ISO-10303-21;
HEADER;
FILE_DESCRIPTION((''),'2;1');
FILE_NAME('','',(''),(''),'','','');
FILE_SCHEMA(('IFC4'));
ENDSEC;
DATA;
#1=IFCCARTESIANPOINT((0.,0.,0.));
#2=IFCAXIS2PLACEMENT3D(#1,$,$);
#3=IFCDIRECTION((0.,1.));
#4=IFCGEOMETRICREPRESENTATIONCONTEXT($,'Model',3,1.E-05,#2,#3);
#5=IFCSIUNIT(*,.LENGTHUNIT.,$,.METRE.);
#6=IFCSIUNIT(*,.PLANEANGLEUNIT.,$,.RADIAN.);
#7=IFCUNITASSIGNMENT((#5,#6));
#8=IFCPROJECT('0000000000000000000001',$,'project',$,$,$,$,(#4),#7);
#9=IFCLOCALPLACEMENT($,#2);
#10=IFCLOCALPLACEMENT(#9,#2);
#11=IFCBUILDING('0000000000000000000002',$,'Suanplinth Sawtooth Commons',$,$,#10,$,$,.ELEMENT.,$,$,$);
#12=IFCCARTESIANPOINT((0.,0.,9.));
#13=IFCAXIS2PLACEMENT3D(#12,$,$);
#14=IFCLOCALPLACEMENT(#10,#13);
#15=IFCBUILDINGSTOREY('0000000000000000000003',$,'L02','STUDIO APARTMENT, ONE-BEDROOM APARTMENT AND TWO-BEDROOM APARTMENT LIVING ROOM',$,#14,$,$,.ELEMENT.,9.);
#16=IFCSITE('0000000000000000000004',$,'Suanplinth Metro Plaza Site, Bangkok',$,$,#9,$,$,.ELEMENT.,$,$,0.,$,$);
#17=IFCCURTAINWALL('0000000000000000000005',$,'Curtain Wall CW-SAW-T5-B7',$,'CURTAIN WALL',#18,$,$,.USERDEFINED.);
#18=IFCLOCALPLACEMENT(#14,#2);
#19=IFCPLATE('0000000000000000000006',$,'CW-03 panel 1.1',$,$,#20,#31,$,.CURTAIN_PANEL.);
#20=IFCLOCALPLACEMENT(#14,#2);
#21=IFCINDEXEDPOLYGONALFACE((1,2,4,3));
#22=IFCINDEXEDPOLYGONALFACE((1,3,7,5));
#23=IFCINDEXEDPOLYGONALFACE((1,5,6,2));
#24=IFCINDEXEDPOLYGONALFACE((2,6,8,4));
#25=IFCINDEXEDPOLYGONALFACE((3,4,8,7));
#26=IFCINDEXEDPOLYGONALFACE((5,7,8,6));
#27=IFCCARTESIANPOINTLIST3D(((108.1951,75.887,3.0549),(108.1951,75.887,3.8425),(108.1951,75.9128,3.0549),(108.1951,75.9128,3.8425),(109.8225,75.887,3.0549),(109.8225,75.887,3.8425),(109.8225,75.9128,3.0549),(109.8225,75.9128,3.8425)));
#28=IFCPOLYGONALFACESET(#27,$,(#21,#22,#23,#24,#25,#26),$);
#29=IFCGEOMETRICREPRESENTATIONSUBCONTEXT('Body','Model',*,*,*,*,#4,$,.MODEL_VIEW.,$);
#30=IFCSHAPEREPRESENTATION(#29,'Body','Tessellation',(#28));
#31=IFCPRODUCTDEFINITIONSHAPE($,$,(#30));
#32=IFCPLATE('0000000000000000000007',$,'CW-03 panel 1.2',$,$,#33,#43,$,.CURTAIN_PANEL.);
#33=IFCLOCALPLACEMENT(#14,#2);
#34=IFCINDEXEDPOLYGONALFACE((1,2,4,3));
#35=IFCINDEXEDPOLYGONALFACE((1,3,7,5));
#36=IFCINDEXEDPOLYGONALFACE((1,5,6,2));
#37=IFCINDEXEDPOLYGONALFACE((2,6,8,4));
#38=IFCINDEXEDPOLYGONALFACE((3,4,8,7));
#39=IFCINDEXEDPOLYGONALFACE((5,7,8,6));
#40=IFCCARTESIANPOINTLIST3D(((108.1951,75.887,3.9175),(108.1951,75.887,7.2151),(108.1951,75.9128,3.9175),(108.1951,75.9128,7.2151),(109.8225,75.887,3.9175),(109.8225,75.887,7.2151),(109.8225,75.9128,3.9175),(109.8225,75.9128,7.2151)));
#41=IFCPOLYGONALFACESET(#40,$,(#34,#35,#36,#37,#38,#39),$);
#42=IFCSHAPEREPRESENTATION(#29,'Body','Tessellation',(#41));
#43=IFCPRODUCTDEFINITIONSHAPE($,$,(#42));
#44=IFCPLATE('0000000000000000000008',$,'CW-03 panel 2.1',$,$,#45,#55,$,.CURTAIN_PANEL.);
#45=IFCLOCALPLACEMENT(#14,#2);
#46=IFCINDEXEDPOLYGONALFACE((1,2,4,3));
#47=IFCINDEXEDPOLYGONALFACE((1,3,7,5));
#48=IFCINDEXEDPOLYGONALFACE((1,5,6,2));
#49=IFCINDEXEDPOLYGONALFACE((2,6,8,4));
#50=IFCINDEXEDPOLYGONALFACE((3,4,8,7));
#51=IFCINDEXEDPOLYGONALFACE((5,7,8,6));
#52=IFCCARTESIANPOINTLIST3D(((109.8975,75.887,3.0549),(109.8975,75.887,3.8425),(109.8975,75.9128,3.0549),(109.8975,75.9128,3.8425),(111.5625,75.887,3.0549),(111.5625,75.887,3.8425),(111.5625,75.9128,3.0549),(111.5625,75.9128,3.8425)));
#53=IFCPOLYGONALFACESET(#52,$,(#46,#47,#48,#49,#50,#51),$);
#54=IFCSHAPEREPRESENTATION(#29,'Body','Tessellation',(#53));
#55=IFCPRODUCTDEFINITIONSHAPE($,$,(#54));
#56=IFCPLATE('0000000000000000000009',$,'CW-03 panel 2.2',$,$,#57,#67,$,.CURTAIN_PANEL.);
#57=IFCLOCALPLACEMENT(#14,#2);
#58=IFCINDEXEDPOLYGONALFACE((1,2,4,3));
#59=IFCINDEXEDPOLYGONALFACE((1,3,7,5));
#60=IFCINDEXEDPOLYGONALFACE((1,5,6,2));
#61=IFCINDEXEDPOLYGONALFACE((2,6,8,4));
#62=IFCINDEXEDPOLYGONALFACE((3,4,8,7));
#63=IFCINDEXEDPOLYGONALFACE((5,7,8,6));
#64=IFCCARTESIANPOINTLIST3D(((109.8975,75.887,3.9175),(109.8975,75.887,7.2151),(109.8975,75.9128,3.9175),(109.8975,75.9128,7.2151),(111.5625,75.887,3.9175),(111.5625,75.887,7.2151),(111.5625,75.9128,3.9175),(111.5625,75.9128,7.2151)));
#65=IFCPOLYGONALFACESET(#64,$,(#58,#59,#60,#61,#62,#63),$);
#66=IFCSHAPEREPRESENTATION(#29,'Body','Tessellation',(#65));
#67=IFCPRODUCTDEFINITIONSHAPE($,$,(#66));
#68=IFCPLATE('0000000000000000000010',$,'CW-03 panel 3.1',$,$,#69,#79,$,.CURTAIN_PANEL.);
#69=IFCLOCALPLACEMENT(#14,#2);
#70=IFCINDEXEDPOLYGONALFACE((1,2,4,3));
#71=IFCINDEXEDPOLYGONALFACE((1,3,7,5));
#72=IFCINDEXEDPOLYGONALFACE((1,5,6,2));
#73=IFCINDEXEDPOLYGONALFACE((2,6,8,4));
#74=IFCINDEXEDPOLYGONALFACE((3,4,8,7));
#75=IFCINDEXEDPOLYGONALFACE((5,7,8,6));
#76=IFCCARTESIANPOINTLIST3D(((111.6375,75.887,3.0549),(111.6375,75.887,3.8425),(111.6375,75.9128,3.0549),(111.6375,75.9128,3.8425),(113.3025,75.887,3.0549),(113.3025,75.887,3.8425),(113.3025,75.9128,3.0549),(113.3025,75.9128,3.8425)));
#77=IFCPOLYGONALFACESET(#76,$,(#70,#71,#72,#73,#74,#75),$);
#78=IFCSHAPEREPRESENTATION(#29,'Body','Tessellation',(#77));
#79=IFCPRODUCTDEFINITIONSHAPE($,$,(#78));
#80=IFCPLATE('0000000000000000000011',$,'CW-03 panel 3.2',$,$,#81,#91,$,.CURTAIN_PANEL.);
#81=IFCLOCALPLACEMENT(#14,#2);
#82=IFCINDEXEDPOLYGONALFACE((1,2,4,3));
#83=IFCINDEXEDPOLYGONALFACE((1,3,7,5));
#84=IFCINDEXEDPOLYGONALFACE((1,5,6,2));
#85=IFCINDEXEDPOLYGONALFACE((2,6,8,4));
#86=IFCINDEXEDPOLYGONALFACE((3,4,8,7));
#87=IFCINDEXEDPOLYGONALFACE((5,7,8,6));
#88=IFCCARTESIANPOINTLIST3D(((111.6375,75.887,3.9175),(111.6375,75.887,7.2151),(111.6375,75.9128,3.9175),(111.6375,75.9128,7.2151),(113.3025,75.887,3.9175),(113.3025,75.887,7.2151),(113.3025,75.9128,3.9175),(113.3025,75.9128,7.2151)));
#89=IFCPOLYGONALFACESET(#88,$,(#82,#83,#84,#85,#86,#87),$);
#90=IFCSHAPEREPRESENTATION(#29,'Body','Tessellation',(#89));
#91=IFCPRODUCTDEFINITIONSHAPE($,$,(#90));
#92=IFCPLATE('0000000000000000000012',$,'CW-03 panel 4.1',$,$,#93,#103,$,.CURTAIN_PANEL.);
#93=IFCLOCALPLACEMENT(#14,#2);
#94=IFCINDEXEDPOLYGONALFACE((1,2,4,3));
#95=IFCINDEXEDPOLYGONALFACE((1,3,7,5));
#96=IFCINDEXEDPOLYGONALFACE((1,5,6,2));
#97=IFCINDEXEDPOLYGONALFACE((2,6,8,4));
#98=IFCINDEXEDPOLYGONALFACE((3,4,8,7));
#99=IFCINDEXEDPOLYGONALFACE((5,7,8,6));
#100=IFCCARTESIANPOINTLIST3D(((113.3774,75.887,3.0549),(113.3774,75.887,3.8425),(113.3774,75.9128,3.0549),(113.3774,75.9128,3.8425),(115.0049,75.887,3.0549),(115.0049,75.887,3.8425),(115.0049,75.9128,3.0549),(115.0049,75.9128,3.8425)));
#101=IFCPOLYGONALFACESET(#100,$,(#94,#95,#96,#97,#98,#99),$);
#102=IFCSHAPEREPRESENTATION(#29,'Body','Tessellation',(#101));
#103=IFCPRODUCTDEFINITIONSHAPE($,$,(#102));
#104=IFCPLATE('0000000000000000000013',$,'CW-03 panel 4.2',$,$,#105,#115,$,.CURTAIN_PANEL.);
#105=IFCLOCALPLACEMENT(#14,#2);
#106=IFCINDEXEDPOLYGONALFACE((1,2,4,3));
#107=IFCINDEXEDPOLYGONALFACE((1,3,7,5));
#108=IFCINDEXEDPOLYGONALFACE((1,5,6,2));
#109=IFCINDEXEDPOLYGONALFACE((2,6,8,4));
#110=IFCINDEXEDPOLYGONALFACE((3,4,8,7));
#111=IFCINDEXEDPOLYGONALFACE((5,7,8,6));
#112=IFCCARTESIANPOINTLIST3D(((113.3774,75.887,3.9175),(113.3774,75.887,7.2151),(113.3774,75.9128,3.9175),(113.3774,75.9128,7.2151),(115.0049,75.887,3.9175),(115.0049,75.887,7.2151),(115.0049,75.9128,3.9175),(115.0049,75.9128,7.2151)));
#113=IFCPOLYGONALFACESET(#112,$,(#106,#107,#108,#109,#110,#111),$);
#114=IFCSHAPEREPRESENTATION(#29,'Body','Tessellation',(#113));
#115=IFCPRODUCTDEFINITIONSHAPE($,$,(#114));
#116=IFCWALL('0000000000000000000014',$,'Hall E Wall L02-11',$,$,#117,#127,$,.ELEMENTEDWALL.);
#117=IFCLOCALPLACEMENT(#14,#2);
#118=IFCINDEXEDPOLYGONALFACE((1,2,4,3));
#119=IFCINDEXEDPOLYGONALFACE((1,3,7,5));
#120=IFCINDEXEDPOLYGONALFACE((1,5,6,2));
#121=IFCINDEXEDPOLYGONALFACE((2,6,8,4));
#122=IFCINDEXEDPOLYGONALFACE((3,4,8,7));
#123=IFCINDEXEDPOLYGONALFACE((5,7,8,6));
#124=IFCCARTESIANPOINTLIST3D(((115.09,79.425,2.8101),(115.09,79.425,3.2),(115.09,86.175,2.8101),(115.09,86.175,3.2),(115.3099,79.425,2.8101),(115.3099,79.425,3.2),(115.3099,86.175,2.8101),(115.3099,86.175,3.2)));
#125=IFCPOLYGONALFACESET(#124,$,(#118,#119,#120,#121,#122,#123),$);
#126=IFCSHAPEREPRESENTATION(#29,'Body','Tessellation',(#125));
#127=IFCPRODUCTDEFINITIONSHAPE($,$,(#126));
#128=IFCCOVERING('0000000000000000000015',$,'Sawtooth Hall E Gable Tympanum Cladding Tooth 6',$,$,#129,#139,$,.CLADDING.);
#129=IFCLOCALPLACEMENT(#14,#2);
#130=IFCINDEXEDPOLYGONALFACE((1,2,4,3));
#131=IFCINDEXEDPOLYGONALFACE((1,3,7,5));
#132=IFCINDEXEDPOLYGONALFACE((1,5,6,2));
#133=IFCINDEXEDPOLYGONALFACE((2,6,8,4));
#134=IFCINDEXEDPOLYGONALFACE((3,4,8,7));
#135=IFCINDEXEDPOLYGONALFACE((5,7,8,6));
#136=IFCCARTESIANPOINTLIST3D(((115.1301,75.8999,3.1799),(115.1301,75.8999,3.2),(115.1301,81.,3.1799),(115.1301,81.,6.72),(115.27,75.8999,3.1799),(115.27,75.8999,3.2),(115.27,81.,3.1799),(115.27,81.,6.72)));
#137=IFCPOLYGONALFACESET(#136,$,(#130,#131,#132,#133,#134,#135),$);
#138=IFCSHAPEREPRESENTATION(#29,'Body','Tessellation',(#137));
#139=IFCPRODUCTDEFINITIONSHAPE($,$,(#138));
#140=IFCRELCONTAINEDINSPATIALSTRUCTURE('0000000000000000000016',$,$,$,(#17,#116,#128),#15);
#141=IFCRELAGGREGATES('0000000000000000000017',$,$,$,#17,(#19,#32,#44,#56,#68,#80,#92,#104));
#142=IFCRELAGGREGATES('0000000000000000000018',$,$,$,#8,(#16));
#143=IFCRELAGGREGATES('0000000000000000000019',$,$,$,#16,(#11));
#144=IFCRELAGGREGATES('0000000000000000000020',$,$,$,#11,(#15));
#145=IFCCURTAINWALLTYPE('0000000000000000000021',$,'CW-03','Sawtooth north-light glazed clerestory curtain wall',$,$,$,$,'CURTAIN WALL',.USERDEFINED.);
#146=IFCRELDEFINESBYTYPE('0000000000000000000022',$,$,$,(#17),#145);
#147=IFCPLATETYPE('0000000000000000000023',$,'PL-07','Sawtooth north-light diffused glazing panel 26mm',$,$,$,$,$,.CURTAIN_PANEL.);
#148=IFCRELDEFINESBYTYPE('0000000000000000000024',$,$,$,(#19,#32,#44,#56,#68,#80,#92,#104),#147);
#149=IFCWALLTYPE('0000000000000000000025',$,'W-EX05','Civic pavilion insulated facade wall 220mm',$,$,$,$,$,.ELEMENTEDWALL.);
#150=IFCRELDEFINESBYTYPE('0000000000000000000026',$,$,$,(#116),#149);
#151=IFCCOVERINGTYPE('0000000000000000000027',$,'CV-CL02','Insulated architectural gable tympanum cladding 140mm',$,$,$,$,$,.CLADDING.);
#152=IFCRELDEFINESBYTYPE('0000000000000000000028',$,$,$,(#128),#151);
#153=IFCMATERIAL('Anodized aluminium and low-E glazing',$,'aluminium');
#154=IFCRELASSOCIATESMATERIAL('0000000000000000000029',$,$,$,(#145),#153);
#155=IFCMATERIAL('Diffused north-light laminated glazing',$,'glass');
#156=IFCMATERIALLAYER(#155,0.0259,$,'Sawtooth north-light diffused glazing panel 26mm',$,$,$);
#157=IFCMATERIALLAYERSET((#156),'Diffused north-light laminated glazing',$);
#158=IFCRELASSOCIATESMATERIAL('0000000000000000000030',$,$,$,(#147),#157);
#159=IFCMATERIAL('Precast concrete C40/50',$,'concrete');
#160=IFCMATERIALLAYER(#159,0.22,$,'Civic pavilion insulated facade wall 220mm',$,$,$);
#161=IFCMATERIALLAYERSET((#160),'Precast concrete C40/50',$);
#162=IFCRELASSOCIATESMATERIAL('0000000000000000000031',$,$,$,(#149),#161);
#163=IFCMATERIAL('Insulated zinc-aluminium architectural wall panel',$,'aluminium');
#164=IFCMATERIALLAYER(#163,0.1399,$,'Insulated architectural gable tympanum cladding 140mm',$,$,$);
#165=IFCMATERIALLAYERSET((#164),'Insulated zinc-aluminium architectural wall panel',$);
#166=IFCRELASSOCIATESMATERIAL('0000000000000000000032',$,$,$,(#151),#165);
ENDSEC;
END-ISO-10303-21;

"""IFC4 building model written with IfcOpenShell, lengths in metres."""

from ifc_helpers import new_model, si_unit, direction, frame, frame_2d, origin, origin_2d, place, context, subcontext, project, spatial, polyline, rectangle, outline, extrude, material, layer, layer_set, type_object, element, aggregate, save


model = new_model("IFC4")

# Units and contexts
model_context = context("Model", 3, precision=1e-05, world=origin(), true_north=direction((0.0, 1.0)))
body_context = subcontext(model_context, "Body", "Model", "MODEL_VIEW")
ifc_project = project(units=[si_unit("LENGTHUNIT", "METRE"), si_unit("PLANEANGLEUNIT", "RADIAN")], contexts=[model_context])

# Site, building, storey
site_placement = place(None, origin())
site = spatial("IfcSite", under=ifc_project, at=site_placement, Name="Suanplinth Metro Plaza Site, Bangkok", CompositionType="ELEMENT", RefElevation=0.0)
building_placement = place(site_placement, origin())
building = spatial("IfcBuilding", under=site, at=building_placement, Name="Suanplinth Sawtooth Commons", CompositionType="ELEMENT")
storey_placement = place(building_placement, frame((0.0, 0.0, 9.0)))
storey = spatial("IfcBuildingStorey", under=building, at=storey_placement, Name="L02", Description="STUDIO APARTMENT, ONE-BEDROOM APARTMENT AND TWO-BEDROOM APARTMENT LIVING ROOM", CompositionType="ELEMENT", Elevation=9.0)

# Curtain wall
ifc_material_1 = material(Name="Anodized aluminium and low-E glazing", Category="aluminium")
curtain_wall_type = type_object("IfcCurtainWallType", Name="CW-03", Description="Sawtooth north-light glazed clerestory curtain wall", ElementType="CURTAIN WALL", PredefinedType="USERDEFINED", material=ifc_material_1)
curtain_wall_placement = place(storey_placement, origin())
curtain_wall = element("IfcCurtainWall", 1, at=curtain_wall_placement, inside=storey, type_object=curtain_wall_type, Name="Curtain Wall CW-SAW-T5-B7", ObjectType="CURTAIN WALL", PredefinedType="USERDEFINED")

# Plates
ifc_material_2 = material(Name="Diffused north-light laminated glazing", Category="glass")
ifc_layer_1 = layer(ifc_material_2, 0.0259, Name="Sawtooth north-light diffused glazing panel 26mm")
ifc_layer_set_1 = layer_set([ifc_layer_1], Name="Diffused north-light laminated glazing")
plate_type_1 = type_object("IfcPlateType", Name="PL-07", Description="Sawtooth north-light diffused glazing panel 26mm", PredefinedType="CURTAIN_PANEL", material=ifc_layer_set_1)
plate_1_placement = place(storey_placement, frame((109.0088, 75.8999, 3.0549), z_axis=(0.0, 0.0, 1.0), x_axis=(1.0, 0.0, 0.0)))
plate_1 = element("IfcPlate", 2, at=plate_1_placement, type_object=plate_type_1, Name="CW-03 panel 1.1", PredefinedType="CURTAIN_PANEL", context=body_context, shape_type="SweptSolid", body=[
    extrude(rectangle(XDim=1.6274, YDim=0.0259, at=origin_2d()), origin(), (0.0, 0.0, 1.0), 0.7876),
])
plate_2_placement = place(storey_placement, frame((109.0088, 75.8999, 3.9175), z_axis=(0.0, 0.0, 1.0), x_axis=(1.0, 0.0, 0.0)))
plate_2 = element("IfcPlate", 3, at=plate_2_placement, type_object=plate_type_1, Name="CW-03 panel 1.2", PredefinedType="CURTAIN_PANEL", context=body_context, shape_type="SweptSolid", body=[
    extrude(rectangle(XDim=1.6274, YDim=0.0259, at=origin_2d()), origin(), (0.0, 0.0, 1.0), 3.2976),
])
plate_3_placement = place(storey_placement, frame((110.73, 75.8999, 3.0549), z_axis=(0.0, 0.0, 1.0), x_axis=(1.0, 0.0, 0.0)))
plate_3 = element("IfcPlate", 4, at=plate_3_placement, type_object=plate_type_1, Name="CW-03 panel 2.1", PredefinedType="CURTAIN_PANEL", context=body_context, shape_type="SweptSolid", body=[
    extrude(rectangle(XDim=1.665, YDim=0.0259, at=origin_2d()), origin(), (0.0, 0.0, 1.0), 0.7876),
])
plate_4_placement = place(storey_placement, frame((110.73, 75.8999, 3.9175), z_axis=(0.0, 0.0, 1.0), x_axis=(1.0, 0.0, 0.0)))
plate_4 = element("IfcPlate", 5, at=plate_4_placement, type_object=plate_type_1, Name="CW-03 panel 2.2", PredefinedType="CURTAIN_PANEL", context=body_context, shape_type="SweptSolid", body=[
    extrude(rectangle(XDim=1.665, YDim=0.0259, at=origin_2d()), origin(), (0.0, 0.0, 1.0), 3.2976),
])
plate_5_placement = place(storey_placement, frame((112.47, 75.8999, 3.0549), z_axis=(0.0, 0.0, 1.0), x_axis=(1.0, 0.0, 0.0)))
plate_5 = element("IfcPlate", 6, at=plate_5_placement, type_object=plate_type_1, Name="CW-03 panel 3.1", PredefinedType="CURTAIN_PANEL", context=body_context, shape_type="SweptSolid", body=[
    extrude(rectangle(XDim=1.665, YDim=0.0259, at=origin_2d()), origin(), (0.0, 0.0, 1.0), 0.7876),
])
plate_6_placement = place(storey_placement, frame((112.47, 75.8999, 3.9175), z_axis=(0.0, 0.0, 1.0), x_axis=(1.0, 0.0, 0.0)))
plate_6 = element("IfcPlate", 7, at=plate_6_placement, type_object=plate_type_1, Name="CW-03 panel 3.2", PredefinedType="CURTAIN_PANEL", context=body_context, shape_type="SweptSolid", body=[
    extrude(rectangle(XDim=1.665, YDim=0.0259, at=origin_2d()), origin(), (0.0, 0.0, 1.0), 3.2976),
])
plate_7_placement = place(storey_placement, frame((114.1912, 75.8999, 3.0549), z_axis=(0.0, 0.0, 1.0), x_axis=(1.0, 0.0, 0.0)))
plate_7 = element("IfcPlate", 8, at=plate_7_placement, type_object=plate_type_1, Name="CW-03 panel 4.1", PredefinedType="CURTAIN_PANEL", context=body_context, shape_type="SweptSolid", body=[
    extrude(rectangle(XDim=1.6274, YDim=0.0259, at=origin_2d()), origin(), (0.0, 0.0, 1.0), 0.7876),
])
plate_8_placement = place(storey_placement, frame((114.1912, 75.8999, 3.9175), z_axis=(0.0, 0.0, 1.0), x_axis=(1.0, 0.0, 0.0)))
plate_8 = element("IfcPlate", 9, at=plate_8_placement, type_object=plate_type_1, Name="CW-03 panel 4.2", PredefinedType="CURTAIN_PANEL", context=body_context, shape_type="SweptSolid", body=[
    extrude(rectangle(XDim=1.6274, YDim=0.0259, at=origin_2d()), origin(), (0.0, 0.0, 1.0), 3.2976),
])
aggregate(curtain_wall, [plate_1, plate_2, plate_3, plate_4, plate_5, plate_6, plate_7, plate_8])

# Wall
ifc_material_3 = material(Name="Precast concrete C40/50", Category="concrete")
ifc_layer_2 = layer(ifc_material_3, 0.22, Name="Civic pavilion insulated facade wall 220mm")
ifc_layer_set_2 = layer_set([ifc_layer_2], Name="Precast concrete C40/50")
wall_type = type_object("IfcWallType", Name="W-EX05", Description="Civic pavilion insulated facade wall 220mm", PredefinedType="ELEMENTEDWALL", material=ifc_layer_set_2)
wall_placement = place(storey_placement, frame((115.2, 79.425, 2.8101), z_axis=(0.0, 0.0, 1.0), x_axis=(0.0, 1.0, 0.0)))
element("IfcWall", 10, at=wall_placement, inside=storey, type_object=wall_type, Name="Hall E Wall L02-11", PredefinedType="ELEMENTEDWALL", context=body_context, shape_type="SweptSolid", body=[
    extrude(rectangle(XDim=6.75, YDim=0.22, at=frame_2d((3.375, 0.0))), origin(), (0.0, 0.0, 1.0), 0.3899),
])

# Covering
ifc_material_4 = material(Name="Insulated zinc-aluminium architectural wall panel", Category="aluminium")
ifc_layer_3 = layer(ifc_material_4, 0.1399, Name="Insulated architectural gable tympanum cladding 140mm")
ifc_layer_set_3 = layer_set([ifc_layer_3], Name="Insulated zinc-aluminium architectural wall panel")
covering_type = type_object("IfcCoveringType", Name="CV-CL02", Description="Insulated architectural gable tympanum cladding 140mm", PredefinedType="CLADDING", material=ifc_layer_set_3)
covering_placement = place(storey_placement, frame((115.2, 75.8999, 3.1799), z_axis=(0.0, 0.0, 1.0), x_axis=(0.0, 1.0, 0.0)))
element("IfcCovering", 11, at=covering_placement, inside=storey, type_object=covering_type, Name="Sawtooth Hall E Gable Tympanum Cladding Tooth 6", PredefinedType="CLADDING", context=body_context, shape_type="SweptSolid", body=[
    extrude(outline(polyline([(0.0, 0.0), (5.1001, 0.0), (5.1001, 3.54), (0.0, 0.02), (0.0, 0.0)])), frame((0.0, 0.0698, 0.0), z_axis=(0.0, -1.0, 0.0), x_axis=(1.0, 0.0, 0.0)), (0.0, 0.0, 1.0), 0.1399),
])

save(model, "model.ifc")
